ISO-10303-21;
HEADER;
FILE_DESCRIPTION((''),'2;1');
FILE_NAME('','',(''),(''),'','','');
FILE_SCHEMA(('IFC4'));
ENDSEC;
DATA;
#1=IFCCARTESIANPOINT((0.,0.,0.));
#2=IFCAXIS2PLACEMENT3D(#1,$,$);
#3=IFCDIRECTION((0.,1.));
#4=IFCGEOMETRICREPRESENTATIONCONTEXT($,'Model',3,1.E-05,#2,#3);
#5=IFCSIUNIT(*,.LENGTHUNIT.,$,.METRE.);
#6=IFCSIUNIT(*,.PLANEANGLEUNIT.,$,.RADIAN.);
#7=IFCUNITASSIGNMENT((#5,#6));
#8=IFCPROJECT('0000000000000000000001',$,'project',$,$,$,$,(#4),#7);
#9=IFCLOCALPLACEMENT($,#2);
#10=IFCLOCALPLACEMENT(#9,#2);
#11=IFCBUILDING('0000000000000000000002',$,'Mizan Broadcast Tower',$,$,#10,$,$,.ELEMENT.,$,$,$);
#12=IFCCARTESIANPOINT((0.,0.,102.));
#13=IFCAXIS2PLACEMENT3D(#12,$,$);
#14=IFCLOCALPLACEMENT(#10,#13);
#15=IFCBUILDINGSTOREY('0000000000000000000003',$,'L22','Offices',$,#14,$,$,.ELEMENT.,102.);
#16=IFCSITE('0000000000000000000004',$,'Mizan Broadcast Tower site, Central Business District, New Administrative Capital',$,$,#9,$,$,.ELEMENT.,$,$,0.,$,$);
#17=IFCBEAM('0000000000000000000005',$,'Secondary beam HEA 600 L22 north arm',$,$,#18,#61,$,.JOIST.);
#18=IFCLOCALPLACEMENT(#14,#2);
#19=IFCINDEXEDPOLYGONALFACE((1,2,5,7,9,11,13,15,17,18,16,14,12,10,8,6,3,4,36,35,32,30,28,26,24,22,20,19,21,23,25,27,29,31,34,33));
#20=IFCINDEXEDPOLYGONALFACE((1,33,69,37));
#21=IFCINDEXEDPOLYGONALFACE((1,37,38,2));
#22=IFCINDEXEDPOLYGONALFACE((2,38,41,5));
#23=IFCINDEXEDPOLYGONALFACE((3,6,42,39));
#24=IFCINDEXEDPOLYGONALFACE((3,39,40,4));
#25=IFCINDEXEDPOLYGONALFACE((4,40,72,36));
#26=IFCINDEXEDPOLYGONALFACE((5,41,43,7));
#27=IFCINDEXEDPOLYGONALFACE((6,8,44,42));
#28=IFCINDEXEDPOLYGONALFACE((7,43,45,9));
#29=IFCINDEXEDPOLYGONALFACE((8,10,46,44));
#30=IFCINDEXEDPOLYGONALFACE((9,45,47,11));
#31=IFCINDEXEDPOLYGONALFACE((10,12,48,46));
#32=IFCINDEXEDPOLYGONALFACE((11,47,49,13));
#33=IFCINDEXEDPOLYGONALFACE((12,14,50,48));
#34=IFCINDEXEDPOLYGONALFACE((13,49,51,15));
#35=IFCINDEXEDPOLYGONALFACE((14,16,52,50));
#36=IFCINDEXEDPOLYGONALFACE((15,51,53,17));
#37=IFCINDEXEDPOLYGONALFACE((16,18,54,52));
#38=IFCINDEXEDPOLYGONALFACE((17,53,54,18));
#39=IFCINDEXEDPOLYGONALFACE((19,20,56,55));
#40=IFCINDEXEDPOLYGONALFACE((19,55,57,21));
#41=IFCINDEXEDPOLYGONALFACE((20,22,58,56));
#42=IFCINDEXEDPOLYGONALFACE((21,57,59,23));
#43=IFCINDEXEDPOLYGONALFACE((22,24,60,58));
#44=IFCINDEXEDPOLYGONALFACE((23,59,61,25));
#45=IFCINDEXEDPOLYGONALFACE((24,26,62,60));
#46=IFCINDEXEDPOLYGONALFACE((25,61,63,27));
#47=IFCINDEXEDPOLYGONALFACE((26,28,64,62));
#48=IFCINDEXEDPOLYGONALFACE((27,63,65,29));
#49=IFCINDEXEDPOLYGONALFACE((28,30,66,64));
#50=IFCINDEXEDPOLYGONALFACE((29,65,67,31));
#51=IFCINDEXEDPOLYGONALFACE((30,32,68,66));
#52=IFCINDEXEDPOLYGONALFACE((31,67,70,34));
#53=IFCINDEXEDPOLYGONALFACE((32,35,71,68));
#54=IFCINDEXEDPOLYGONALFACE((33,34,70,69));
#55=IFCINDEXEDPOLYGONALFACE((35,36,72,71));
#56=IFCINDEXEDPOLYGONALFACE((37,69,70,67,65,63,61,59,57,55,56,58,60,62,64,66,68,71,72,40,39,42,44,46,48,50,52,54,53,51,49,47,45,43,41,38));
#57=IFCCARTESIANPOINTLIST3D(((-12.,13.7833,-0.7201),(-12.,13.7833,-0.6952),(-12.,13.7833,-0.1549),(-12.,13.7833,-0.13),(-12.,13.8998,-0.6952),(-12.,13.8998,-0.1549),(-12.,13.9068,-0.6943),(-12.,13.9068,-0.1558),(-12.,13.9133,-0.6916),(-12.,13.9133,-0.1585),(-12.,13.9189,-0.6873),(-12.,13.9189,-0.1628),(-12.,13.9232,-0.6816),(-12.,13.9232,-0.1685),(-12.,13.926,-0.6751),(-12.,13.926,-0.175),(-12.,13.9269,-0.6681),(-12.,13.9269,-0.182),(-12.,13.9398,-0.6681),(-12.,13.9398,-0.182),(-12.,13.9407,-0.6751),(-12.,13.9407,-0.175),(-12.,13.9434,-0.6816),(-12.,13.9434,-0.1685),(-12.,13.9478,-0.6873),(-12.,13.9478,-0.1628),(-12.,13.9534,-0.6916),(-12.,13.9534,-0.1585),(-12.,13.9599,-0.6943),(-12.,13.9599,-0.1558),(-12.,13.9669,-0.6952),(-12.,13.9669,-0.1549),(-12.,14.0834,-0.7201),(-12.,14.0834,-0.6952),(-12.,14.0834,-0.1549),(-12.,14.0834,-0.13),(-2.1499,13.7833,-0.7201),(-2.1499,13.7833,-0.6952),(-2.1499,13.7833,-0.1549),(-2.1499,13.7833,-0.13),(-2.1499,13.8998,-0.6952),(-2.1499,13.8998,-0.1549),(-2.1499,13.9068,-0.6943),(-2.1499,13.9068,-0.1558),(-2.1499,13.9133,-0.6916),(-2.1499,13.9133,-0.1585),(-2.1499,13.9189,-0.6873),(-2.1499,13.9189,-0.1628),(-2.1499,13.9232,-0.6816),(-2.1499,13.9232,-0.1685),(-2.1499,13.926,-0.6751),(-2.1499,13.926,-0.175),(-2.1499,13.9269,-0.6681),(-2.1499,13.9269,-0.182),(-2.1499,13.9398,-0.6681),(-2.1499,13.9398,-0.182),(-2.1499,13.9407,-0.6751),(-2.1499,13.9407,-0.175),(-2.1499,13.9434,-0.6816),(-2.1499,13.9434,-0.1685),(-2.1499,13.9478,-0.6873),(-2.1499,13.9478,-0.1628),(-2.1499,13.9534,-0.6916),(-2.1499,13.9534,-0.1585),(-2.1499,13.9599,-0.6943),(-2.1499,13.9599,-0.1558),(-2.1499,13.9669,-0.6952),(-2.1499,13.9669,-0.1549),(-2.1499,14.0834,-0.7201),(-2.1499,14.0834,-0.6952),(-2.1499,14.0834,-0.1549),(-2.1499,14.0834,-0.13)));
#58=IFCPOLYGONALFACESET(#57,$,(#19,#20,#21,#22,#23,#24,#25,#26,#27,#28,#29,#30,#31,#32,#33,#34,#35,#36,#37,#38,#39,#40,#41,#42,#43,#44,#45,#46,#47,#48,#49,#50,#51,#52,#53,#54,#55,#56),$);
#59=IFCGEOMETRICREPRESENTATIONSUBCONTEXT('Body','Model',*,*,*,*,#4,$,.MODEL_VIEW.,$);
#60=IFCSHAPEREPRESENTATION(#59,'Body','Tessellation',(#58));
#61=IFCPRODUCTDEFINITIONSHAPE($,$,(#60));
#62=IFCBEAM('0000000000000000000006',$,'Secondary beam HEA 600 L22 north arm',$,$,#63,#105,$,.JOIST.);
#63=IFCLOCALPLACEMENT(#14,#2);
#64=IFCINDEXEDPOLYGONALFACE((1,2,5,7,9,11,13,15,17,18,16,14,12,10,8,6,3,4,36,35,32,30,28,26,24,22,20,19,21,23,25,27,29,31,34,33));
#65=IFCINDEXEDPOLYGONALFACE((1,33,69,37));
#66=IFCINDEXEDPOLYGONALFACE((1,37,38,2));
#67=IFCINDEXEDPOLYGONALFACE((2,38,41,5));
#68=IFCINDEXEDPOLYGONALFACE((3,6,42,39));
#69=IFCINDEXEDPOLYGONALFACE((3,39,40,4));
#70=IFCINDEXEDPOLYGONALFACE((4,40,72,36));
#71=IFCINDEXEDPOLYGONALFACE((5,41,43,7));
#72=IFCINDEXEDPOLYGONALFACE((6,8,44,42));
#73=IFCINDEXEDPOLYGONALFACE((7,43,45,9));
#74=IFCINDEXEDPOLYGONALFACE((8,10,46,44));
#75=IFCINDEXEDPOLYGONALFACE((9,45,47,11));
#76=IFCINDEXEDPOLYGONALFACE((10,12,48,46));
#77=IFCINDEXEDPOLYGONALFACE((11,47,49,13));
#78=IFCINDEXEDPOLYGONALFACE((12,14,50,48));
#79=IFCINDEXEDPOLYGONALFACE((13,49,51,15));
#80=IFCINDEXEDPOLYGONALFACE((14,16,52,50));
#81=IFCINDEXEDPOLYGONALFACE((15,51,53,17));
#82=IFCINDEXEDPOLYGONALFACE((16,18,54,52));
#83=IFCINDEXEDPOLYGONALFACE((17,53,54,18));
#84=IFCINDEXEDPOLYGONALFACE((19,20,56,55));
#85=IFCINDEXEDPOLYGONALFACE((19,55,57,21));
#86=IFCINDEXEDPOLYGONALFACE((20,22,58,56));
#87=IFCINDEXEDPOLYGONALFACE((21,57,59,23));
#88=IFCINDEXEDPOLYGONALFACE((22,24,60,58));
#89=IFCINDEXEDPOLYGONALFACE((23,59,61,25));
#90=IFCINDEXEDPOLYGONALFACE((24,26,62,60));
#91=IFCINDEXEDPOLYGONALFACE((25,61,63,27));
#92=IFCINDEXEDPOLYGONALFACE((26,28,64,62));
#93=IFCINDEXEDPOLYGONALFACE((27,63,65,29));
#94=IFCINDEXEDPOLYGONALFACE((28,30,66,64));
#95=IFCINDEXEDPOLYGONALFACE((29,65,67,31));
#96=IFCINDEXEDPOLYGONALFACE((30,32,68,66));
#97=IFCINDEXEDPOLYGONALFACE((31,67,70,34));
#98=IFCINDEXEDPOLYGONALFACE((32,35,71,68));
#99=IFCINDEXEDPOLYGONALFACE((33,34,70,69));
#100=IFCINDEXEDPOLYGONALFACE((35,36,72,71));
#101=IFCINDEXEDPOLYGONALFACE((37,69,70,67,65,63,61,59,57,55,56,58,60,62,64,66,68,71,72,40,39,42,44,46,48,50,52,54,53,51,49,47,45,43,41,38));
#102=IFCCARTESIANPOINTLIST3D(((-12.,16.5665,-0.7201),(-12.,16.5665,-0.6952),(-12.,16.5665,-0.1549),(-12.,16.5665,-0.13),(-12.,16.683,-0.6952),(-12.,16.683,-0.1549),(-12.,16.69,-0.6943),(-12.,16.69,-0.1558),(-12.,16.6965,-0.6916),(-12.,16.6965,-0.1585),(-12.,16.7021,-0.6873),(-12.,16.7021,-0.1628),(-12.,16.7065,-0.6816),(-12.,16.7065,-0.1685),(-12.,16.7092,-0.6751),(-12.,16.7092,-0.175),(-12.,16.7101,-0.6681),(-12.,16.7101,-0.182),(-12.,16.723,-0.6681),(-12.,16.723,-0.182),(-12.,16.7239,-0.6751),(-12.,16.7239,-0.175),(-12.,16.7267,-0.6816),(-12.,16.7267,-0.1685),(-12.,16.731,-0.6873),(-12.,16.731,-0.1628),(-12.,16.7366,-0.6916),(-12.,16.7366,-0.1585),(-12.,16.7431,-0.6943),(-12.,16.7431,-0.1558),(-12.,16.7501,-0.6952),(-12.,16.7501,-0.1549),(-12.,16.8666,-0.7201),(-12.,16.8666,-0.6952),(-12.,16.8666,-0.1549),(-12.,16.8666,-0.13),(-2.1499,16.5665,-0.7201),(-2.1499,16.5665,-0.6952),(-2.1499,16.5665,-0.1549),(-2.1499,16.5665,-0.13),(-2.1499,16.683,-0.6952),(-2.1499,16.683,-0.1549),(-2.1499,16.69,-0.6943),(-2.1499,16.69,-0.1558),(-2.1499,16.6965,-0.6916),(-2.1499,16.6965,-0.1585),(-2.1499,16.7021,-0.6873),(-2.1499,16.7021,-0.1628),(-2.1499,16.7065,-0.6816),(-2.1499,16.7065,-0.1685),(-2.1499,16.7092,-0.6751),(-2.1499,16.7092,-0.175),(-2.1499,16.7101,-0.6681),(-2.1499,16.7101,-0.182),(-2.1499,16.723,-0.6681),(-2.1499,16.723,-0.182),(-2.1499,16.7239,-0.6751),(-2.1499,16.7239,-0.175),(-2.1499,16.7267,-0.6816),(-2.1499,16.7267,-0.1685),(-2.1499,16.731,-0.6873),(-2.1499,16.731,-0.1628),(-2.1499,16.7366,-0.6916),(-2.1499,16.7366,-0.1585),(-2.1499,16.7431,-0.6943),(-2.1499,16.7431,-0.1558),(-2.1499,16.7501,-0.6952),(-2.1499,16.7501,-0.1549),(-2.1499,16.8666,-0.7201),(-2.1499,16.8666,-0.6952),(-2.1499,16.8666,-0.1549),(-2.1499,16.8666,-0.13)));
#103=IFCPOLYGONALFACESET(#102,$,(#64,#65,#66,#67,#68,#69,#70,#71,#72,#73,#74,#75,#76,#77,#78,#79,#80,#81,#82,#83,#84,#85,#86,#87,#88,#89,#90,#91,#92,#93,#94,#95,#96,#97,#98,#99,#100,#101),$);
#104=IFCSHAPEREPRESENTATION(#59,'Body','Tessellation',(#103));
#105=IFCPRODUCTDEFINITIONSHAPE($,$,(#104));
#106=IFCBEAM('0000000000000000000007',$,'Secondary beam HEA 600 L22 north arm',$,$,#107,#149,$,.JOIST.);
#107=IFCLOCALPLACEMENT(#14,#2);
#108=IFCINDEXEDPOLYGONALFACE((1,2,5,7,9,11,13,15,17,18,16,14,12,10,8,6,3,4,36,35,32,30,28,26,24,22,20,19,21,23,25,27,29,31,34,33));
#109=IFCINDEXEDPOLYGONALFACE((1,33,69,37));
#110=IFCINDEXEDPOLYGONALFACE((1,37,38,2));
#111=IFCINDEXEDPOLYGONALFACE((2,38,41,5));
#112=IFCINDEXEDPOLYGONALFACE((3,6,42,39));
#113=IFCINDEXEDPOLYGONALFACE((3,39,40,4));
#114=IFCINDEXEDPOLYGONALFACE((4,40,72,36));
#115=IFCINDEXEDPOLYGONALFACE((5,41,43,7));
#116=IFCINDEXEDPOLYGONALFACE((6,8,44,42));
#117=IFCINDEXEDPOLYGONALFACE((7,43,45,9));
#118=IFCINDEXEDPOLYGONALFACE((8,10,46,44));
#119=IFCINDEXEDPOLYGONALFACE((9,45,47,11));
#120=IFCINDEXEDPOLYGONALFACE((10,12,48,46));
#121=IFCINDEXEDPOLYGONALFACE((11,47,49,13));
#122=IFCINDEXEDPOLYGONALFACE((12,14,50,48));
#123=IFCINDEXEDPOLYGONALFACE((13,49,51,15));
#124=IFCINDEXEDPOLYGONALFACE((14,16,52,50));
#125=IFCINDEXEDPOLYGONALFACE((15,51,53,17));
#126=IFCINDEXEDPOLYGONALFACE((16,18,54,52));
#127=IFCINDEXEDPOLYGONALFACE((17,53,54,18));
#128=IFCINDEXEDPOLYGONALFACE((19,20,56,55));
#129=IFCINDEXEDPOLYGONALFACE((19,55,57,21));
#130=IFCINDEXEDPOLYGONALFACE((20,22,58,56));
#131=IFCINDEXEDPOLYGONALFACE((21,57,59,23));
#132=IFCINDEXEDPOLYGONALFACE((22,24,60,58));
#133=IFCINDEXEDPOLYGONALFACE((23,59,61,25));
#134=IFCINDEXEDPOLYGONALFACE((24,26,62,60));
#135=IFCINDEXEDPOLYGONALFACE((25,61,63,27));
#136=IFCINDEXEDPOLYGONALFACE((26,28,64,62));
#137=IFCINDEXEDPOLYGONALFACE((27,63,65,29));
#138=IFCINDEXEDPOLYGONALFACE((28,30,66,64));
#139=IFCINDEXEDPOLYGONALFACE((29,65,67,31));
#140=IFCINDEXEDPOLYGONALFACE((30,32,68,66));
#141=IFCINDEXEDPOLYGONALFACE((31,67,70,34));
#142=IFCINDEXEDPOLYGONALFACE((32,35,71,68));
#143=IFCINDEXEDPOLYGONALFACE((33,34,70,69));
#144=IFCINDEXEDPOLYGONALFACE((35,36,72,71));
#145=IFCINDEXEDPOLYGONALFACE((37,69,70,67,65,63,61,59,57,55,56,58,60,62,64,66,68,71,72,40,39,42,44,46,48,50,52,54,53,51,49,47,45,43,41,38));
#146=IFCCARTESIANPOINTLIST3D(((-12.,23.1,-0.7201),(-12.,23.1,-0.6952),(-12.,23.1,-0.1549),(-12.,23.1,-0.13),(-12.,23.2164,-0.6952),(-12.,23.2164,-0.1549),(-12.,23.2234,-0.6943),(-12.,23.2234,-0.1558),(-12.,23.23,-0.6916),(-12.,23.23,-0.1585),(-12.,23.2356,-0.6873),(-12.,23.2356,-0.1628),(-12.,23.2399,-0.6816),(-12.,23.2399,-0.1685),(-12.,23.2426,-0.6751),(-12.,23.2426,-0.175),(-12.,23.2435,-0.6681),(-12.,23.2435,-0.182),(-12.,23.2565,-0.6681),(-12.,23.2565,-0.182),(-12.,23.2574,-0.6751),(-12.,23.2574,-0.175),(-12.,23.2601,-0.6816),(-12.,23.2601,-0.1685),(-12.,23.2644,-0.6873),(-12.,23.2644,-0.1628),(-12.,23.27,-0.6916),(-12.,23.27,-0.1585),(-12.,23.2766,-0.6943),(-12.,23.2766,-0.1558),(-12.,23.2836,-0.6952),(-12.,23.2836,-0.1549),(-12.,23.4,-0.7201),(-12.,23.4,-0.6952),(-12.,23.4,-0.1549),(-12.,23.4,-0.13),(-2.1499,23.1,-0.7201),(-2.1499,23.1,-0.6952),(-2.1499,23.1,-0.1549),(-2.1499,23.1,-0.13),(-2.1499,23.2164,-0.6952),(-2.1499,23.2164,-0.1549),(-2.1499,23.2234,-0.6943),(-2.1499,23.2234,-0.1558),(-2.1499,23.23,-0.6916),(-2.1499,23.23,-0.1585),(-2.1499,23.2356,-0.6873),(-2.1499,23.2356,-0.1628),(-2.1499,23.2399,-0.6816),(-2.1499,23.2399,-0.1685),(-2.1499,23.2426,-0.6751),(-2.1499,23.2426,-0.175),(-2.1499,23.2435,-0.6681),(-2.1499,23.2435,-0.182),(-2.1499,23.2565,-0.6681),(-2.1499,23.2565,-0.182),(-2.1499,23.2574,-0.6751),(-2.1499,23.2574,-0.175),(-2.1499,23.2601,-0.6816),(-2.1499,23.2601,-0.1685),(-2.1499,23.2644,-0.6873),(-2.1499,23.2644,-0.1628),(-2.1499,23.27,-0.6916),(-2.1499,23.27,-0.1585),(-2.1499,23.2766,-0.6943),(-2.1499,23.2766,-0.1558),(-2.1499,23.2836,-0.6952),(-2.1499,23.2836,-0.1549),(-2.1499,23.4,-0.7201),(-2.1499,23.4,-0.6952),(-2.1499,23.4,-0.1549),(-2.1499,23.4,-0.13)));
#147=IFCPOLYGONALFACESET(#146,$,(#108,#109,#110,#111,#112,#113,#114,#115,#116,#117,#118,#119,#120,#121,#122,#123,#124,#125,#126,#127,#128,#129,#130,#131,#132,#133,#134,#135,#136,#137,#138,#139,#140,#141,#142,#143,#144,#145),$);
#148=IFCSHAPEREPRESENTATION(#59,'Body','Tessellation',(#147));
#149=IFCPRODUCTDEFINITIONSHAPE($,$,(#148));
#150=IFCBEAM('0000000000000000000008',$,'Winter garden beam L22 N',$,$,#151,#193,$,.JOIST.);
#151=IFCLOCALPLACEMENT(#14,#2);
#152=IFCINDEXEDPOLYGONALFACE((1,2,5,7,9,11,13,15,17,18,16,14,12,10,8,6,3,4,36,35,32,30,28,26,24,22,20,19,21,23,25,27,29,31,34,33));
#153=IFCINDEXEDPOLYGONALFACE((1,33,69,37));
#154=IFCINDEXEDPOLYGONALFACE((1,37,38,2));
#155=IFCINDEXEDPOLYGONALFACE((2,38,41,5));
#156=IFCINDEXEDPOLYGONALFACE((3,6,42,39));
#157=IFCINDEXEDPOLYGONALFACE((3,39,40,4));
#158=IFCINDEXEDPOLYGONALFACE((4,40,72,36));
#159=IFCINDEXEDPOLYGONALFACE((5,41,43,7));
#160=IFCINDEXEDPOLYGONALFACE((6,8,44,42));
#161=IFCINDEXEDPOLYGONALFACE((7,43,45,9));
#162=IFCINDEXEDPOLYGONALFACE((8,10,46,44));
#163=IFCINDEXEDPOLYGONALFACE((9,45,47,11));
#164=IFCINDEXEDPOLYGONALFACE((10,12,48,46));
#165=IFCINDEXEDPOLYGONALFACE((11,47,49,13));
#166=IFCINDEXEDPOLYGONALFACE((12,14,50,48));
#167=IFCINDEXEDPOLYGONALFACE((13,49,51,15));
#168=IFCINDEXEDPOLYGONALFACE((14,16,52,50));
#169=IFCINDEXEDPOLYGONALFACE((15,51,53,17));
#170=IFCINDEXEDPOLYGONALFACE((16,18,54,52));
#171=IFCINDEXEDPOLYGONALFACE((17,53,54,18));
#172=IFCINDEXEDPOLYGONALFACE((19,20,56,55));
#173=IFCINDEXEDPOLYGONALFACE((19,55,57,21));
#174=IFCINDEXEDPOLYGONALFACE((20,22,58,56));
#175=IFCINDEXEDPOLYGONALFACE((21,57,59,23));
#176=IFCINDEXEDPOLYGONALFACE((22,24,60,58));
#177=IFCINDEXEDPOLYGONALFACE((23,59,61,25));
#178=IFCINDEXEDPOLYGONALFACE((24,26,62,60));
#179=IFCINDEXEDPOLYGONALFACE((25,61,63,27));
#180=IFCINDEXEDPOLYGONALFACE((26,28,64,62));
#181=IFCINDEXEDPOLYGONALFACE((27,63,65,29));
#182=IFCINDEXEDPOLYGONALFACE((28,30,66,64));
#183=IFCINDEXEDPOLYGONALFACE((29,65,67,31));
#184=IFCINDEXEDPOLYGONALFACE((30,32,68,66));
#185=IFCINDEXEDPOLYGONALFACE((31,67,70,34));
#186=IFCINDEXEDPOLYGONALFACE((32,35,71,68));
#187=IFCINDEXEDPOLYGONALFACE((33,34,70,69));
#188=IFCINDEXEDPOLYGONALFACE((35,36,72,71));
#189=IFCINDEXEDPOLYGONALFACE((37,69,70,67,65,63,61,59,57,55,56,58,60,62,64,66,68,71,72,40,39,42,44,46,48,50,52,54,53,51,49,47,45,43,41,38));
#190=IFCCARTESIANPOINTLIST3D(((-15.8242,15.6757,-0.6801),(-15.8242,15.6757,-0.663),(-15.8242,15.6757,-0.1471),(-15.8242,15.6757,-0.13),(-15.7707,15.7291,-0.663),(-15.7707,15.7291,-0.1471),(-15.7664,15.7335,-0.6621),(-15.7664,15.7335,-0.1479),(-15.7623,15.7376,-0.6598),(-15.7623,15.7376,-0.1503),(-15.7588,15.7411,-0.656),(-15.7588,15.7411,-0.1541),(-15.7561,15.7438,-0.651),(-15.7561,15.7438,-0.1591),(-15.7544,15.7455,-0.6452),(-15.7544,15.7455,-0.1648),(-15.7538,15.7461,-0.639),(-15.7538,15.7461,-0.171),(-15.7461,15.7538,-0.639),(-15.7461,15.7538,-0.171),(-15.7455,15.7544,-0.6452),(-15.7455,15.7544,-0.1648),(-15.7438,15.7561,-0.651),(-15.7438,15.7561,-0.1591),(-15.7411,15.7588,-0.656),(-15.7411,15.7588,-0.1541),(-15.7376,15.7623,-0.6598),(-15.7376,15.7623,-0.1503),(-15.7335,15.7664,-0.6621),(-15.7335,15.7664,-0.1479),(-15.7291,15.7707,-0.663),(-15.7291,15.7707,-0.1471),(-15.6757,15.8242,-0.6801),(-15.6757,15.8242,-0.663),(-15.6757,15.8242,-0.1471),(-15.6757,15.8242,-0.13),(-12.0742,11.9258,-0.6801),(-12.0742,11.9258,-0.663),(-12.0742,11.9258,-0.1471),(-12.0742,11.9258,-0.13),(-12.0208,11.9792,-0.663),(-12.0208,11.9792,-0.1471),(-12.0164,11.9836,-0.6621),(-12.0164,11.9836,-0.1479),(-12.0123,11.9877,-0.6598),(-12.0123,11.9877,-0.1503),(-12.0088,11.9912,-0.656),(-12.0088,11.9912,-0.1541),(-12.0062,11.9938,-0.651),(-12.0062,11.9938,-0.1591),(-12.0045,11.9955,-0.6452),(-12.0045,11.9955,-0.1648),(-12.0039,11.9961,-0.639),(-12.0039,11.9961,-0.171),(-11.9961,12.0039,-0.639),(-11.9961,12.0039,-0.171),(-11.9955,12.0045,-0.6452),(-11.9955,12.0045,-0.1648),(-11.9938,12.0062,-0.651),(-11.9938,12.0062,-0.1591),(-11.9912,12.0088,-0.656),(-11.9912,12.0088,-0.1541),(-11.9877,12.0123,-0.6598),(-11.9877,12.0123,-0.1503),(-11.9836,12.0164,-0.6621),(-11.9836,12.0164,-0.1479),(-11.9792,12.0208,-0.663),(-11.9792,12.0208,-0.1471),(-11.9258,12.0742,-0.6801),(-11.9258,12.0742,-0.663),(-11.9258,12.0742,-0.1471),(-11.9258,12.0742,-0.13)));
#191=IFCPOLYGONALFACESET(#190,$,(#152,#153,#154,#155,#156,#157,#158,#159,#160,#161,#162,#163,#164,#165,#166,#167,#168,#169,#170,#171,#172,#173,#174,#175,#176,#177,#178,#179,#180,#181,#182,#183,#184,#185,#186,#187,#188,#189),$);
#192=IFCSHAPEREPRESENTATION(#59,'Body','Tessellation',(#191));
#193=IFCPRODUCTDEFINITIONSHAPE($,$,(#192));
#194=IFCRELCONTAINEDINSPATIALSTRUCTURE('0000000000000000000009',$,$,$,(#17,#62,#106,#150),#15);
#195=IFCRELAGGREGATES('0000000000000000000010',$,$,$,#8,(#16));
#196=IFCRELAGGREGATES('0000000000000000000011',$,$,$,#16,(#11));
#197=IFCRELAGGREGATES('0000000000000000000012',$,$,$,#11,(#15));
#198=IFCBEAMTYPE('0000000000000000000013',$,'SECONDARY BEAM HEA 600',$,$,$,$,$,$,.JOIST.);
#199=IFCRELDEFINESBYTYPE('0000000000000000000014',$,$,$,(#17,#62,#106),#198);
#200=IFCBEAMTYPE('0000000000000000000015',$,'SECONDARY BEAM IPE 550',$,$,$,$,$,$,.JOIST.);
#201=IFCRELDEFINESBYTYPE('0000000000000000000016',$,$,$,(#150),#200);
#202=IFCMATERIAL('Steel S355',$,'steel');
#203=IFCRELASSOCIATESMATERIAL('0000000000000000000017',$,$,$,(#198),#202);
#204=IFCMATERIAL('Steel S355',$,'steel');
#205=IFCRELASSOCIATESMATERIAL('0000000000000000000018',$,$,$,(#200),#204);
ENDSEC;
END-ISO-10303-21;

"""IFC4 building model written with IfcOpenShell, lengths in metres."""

from ifc_helpers import new_model, si_unit, direction, frame, origin, origin_2d, place, context, subcontext, project, spatial, i_section, extrude, material, material_profile, profile_set, type_object, element, save


model = new_model("IFC4")

# Units and contexts
model_context = context("Model", 3, precision=1e-05, world=origin(), true_north=direction((0.0, 1.0)))
body_context = subcontext(model_context, "Body", "Model", "MODEL_VIEW")
ifc_project = project(units=[si_unit("LENGTHUNIT", "METRE"), si_unit("PLANEANGLEUNIT", "RADIAN")], contexts=[model_context])

# Site, building, storey
site_placement = place(None, origin())
site = spatial("IfcSite", under=ifc_project, at=site_placement, Name="Mizan Broadcast Tower site, Central Business District, New Administrative Capital", CompositionType="ELEMENT", RefElevation=0.0)
building_placement = place(site_placement, origin())
building = spatial("IfcBuilding", under=site, at=building_placement, Name="Mizan Broadcast Tower", CompositionType="ELEMENT")
storey_placement = place(building_placement, frame((0.0, 0.0, 102.0)))
storey = spatial("IfcBuildingStorey", under=building, at=storey_placement, Name="L22", Description="Offices", CompositionType="ELEMENT", Elevation=102.0)

# Beams
ifc_material_1 = material(Name="Steel S355", Category="steel")
ifc_material_profile_1 = material_profile(ifc_material_1, i_section(OverallWidth=0.3, OverallDepth=0.5901, WebThickness=0.0129, FlangeThickness=0.0249, FilletRadius=0.0271, at=origin_2d()), Name="HEA 600")
ifc_profile_set_1 = profile_set([ifc_material_profile_1], Name="Steel S355")
beam_type_1 = type_object("IfcBeamType", Name="SECONDARY BEAM HEA 600", PredefinedType="JOIST", material=ifc_profile_set_1)
for number, where, z_axis, x_axis, name in (
    (1, (-12.0, 13.9333, -0.425), (1.0, 0.0, 0.0), (0.0, 1.0, 0.0), "Secondary beam HEA 600 L22 north arm"),
    (2, (-12.0, 16.7166, -0.425), (1.0, 0.0, 0.0), (0.0, 1.0, 0.0), "Secondary beam HEA 600 L22 north arm"),
    (3, (-12.0, 23.25, -0.425), (1.0, 0.0, 0.0), (0.0, 1.0, 0.0), "Secondary beam HEA 600 L22 north arm"),
):
    element("IfcBeam", number, at=place(storey_placement, frame(where, z_axis=z_axis, x_axis=x_axis)), inside=storey, type_object=beam_type_1, Name=name, PredefinedType="JOIST", context=body_context, shape_type="SweptSolid", body=[
        extrude(i_section(OverallWidth=0.3, OverallDepth=0.5901, WebThickness=0.0129, FlangeThickness=0.0249, FilletRadius=0.0271, at=origin_2d()), origin(), (0.0, 0.0, 1.0), 9.8501),
    ])
ifc_material_2 = material(Name="Steel S355", Category="steel")
ifc_material_profile_2 = material_profile(ifc_material_2, i_section(OverallWidth=0.21, OverallDepth=0.55, WebThickness=0.011, FlangeThickness=0.0171, FilletRadius=0.0239, at=origin_2d()), Name="IPE 550")
ifc_profile_set_2 = profile_set([ifc_material_profile_2], Name="Steel S355")
beam_type_2 = type_object("IfcBeamType", Name="SECONDARY BEAM IPE 550", PredefinedType="JOIST", material=ifc_profile_set_2)
beam_1_placement = place(storey_placement, frame((-12.0, 12.0, -0.405), z_axis=(-0.707107, 0.707107, 0.0), x_axis=(-0.707107, -0.707107, 0.0)))
element("IfcBeam", 4, at=beam_1_placement, inside=storey, type_object=beam_type_2, Name="Winter garden beam L22 N", PredefinedType="JOIST", context=body_context, shape_type="SweptSolid", body=[
    extrude(i_section(OverallWidth=0.21, OverallDepth=0.55, WebThickness=0.011, FlangeThickness=0.0171, FilletRadius=0.0239, at=origin_2d()), origin(), (0.0, 0.0, 1.0), 5.3032),
])

save(model, "model.ifc")
